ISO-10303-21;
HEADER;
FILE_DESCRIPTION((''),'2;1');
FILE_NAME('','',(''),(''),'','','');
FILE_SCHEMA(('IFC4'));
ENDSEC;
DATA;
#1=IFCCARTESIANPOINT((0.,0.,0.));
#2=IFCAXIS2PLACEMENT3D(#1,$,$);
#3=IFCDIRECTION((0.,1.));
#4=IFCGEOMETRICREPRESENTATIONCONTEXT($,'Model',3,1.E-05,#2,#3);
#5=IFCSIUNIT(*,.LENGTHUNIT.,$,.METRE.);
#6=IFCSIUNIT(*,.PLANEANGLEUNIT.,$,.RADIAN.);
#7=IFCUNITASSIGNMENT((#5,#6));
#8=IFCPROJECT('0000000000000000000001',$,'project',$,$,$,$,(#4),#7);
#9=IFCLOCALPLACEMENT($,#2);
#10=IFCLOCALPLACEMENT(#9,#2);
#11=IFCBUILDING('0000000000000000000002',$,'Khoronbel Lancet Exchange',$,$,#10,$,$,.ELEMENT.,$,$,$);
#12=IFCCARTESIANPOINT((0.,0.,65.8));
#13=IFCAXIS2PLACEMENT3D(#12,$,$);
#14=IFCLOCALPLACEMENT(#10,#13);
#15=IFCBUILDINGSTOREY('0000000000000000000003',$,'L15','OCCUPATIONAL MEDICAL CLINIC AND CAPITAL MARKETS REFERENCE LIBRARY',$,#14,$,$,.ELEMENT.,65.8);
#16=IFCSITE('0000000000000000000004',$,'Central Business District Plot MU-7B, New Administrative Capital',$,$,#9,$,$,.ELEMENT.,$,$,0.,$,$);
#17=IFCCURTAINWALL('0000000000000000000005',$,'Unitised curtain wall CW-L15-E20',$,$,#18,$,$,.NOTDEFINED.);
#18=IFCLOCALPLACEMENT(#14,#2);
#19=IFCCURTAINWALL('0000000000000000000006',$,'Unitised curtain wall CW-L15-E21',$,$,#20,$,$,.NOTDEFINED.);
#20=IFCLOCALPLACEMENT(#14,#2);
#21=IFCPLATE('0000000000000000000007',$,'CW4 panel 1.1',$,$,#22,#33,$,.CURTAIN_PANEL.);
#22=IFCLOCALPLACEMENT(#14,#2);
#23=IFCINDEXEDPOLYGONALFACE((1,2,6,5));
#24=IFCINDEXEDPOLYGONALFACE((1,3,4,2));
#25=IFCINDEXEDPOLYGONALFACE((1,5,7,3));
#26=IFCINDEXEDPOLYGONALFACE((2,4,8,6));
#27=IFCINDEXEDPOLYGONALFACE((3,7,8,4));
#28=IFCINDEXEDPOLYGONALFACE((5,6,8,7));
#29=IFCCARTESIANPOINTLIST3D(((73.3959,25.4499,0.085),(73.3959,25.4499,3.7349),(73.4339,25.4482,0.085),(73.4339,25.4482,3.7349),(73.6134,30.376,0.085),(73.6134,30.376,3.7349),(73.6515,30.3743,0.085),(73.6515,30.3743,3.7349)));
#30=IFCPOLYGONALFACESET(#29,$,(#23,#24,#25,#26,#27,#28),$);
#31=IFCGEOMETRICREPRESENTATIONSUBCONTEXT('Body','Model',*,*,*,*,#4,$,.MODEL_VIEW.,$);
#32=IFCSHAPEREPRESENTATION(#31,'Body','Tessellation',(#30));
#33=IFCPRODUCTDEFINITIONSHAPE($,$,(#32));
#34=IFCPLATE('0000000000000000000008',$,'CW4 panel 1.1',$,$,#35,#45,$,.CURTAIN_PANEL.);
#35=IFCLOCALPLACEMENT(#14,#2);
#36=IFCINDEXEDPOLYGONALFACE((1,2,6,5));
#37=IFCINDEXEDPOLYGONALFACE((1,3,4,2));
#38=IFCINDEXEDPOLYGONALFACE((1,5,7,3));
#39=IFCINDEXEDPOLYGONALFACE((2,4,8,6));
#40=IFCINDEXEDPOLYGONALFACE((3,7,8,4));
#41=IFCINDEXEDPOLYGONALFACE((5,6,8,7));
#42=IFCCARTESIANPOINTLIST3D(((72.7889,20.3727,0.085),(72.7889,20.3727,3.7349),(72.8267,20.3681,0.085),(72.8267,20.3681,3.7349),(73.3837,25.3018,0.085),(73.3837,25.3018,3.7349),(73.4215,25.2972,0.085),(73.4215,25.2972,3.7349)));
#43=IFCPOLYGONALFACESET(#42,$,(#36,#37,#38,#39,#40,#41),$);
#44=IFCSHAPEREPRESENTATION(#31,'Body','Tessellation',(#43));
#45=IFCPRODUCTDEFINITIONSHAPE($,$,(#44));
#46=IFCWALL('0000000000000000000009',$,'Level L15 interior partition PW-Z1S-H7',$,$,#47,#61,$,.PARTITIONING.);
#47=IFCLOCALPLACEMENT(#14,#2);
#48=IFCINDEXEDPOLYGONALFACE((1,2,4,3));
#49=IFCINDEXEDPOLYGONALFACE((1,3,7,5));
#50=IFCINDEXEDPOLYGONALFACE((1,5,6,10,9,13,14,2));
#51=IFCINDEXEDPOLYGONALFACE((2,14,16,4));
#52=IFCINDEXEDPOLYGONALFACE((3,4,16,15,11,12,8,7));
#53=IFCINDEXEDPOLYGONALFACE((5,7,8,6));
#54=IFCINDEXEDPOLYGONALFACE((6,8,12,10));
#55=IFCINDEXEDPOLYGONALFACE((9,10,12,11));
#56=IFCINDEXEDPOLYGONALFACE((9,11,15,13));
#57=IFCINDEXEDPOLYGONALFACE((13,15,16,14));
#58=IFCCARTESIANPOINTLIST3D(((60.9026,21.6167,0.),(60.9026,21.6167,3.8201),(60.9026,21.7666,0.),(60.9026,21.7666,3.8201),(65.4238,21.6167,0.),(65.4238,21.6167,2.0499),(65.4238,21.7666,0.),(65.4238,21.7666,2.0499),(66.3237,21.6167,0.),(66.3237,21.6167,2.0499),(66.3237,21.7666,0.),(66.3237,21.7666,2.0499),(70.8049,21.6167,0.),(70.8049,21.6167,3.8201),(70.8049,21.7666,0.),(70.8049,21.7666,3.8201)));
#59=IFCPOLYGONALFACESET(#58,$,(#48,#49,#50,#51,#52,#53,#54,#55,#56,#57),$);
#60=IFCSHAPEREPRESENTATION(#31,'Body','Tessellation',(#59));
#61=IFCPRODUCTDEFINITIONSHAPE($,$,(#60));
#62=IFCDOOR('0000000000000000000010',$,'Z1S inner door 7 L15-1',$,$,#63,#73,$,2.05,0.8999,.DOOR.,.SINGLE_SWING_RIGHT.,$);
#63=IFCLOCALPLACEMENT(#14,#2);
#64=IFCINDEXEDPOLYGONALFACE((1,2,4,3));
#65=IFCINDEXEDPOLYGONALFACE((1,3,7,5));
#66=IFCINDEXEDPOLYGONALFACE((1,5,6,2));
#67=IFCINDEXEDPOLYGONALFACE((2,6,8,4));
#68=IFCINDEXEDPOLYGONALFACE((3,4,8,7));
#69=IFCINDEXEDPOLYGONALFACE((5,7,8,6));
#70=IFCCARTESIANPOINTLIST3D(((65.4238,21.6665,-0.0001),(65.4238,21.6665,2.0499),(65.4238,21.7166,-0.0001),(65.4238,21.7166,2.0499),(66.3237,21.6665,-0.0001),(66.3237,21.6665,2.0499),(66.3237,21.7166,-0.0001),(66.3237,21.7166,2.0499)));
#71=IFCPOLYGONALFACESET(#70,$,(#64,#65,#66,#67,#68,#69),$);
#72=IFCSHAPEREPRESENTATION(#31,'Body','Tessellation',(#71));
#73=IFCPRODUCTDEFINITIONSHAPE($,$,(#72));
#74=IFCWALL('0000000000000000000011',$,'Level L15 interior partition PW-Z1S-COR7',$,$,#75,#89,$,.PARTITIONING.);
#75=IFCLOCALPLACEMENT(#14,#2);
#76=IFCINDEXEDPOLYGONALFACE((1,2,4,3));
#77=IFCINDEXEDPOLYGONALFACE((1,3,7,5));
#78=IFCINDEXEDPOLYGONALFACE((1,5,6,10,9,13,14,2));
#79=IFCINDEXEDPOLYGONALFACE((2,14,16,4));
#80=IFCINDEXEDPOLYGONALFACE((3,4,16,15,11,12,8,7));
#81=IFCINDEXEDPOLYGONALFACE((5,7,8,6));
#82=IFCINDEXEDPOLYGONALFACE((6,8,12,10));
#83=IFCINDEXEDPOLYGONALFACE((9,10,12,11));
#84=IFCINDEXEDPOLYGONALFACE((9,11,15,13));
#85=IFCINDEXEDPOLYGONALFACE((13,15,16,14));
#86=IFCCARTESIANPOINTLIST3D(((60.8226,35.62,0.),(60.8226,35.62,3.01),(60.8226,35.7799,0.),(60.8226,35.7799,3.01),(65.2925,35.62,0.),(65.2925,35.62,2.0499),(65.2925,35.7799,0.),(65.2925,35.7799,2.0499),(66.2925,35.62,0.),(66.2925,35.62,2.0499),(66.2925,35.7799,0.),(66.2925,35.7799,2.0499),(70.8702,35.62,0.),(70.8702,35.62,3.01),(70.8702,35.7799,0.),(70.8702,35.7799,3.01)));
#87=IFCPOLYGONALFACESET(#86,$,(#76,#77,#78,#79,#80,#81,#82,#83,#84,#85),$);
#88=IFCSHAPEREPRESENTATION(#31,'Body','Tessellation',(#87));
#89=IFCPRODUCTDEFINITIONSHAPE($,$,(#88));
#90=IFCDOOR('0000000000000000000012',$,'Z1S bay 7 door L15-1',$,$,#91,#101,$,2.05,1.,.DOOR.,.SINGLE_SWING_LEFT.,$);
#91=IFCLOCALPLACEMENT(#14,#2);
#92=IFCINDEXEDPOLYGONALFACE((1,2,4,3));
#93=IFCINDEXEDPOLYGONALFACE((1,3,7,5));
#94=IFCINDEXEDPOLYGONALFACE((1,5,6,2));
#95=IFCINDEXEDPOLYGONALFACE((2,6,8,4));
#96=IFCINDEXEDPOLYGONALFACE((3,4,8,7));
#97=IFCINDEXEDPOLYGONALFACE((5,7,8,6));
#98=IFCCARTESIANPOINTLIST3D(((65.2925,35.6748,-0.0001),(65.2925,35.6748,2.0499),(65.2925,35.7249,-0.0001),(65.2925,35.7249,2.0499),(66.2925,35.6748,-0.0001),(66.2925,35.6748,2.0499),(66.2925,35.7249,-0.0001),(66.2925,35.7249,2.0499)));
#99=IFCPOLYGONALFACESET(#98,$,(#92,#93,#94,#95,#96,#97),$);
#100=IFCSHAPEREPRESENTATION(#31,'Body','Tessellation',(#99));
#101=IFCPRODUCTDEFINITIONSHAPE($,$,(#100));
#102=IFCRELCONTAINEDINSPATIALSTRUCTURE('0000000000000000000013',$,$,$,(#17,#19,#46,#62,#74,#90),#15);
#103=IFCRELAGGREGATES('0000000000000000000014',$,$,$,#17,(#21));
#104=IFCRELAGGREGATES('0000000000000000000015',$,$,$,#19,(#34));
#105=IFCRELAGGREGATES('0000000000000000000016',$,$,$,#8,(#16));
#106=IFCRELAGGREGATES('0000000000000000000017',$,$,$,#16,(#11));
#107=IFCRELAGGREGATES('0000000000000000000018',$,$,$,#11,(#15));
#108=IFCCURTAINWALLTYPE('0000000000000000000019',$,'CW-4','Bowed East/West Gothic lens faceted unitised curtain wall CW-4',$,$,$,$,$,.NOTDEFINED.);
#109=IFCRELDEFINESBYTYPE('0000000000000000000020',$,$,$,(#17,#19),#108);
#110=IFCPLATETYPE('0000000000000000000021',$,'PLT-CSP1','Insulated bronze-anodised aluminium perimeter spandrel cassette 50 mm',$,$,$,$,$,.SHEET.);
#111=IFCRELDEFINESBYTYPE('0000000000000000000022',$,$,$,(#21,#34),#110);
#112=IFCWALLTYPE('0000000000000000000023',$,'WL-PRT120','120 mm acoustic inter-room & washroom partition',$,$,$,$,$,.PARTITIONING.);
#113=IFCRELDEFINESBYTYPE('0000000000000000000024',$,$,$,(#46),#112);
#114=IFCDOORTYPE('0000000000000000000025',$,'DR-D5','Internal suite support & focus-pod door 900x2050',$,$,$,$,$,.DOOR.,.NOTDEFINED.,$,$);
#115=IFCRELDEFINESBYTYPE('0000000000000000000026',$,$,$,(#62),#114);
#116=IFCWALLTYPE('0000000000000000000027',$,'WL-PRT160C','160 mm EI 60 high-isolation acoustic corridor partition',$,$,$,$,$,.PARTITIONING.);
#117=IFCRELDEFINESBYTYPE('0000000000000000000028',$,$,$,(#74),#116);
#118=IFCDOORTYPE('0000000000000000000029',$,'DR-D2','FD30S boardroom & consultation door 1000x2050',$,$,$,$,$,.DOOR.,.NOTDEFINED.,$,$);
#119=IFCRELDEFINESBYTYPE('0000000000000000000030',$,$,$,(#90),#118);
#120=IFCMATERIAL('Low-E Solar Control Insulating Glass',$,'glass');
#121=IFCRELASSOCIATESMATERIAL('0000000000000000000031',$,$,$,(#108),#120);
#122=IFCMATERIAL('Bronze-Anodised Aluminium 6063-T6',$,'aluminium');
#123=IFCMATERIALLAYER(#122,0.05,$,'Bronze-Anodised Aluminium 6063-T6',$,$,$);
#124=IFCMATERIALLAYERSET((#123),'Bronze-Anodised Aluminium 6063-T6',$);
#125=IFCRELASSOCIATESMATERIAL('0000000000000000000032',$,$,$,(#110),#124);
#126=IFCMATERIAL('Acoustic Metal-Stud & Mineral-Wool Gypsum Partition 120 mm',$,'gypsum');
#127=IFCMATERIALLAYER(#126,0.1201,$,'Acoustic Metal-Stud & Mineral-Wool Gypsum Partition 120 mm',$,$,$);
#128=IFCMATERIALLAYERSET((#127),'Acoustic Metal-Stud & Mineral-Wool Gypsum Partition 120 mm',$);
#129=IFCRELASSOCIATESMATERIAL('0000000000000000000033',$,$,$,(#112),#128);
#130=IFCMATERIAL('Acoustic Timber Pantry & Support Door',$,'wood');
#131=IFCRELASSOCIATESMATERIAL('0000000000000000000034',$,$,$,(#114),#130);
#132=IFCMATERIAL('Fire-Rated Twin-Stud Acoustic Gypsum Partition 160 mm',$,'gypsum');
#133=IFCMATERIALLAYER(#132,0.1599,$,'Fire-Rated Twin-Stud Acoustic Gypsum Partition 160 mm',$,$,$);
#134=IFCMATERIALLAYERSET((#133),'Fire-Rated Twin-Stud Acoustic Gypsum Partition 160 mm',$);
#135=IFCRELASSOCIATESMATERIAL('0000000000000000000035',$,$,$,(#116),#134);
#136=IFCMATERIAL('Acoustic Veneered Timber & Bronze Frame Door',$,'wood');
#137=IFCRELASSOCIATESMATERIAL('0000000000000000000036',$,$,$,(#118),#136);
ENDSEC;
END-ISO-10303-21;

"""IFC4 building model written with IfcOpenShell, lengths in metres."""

from ifc_helpers import new_model, si_unit, direction, frame, frame_2d, origin, origin_2d, place, context, subcontext, project, spatial, rectangle, extrude, material, layer, layer_set, type_object, element, fill, aggregate, save


model = new_model("IFC4")

# Units and contexts
model_context = context("Model", 3, precision=1e-05, world=origin(), true_north=direction((0.0, 1.0)))
body_context = subcontext(model_context, "Body", "Model", "MODEL_VIEW")
ifc_project = project(units=[si_unit("LENGTHUNIT", "METRE"), si_unit("PLANEANGLEUNIT", "RADIAN")], contexts=[model_context])

# Site, building, storey
site_placement = place(None, origin())
site = spatial("IfcSite", under=ifc_project, at=site_placement, Name="Central Business District Plot MU-7B, New Administrative Capital", CompositionType="ELEMENT", RefElevation=0.0)
building_placement = place(site_placement, origin())
building = spatial("IfcBuilding", under=site, at=building_placement, Name="Khoronbel Lancet Exchange", CompositionType="ELEMENT")
storey_placement = place(building_placement, frame((0.0, 0.0, 65.8)))
storey = spatial("IfcBuildingStorey", under=building, at=storey_placement, Name="L15", Description="OCCUPATIONAL MEDICAL CLINIC AND CAPITAL MARKETS REFERENCE LIBRARY", CompositionType="ELEMENT", Elevation=65.8)

# Shared definitions
ifc_material_1 = material(Name="Low-E Solar Control Insulating Glass", Category="glass")
curtain_wall_type = type_object("IfcCurtainWallType", Name="CW-4", Description="Bowed East/West Gothic lens faceted unitised curtain wall CW-4", PredefinedType="NOTDEFINED", material=ifc_material_1)
ifc_material_2 = material(Name="Bronze-Anodised Aluminium 6063-T6", Category="aluminium")

# Curtain walls
curtain_wall_1_placement = place(storey_placement, origin())
curtain_wall_1 = element("IfcCurtainWall", 1, at=curtain_wall_1_placement, inside=storey, type_object=curtain_wall_type, Name="Unitised curtain wall CW-L15-E20", PredefinedType="NOTDEFINED")
curtain_wall_2_placement = place(storey_placement, origin())
curtain_wall_2 = element("IfcCurtainWall", 2, at=curtain_wall_2_placement, inside=storey, type_object=curtain_wall_type, Name="Unitised curtain wall CW-L15-E21", PredefinedType="NOTDEFINED")

# Plates
ifc_layer_1 = layer(ifc_material_2, 0.05, Name="Bronze-Anodised Aluminium 6063-T6")
ifc_layer_set_1 = layer_set([ifc_layer_1], Name="Bronze-Anodised Aluminium 6063-T6")
plate_type = type_object("IfcPlateType", Name="PLT-CSP1", Description="Insulated bronze-anodised aluminium perimeter spandrel cassette 50 mm", PredefinedType="SHEET", material=ifc_layer_set_1)
plate_1_placement = place(storey_placement, frame((73.5237, 27.9121, 0.085), z_axis=(0.0, 0.0, 1.0), x_axis=(-0.044126, -0.999026, 0.0)))
plate_1 = element("IfcPlate", 3, at=plate_1_placement, type_object=plate_type, Name="CW4 panel 1.1", PredefinedType="CURTAIN_PANEL", context=body_context, shape_type="SweptSolid", body=[
    extrude(rectangle(XDim=4.9309, YDim=0.0381, at=origin_2d()), origin(), (0.0, 0.0, 1.0), 3.6499),
])
aggregate(curtain_wall_1, [plate_1])
plate_2_placement = place(storey_placement, frame((73.1052, 22.835, 0.085), z_axis=(0.0, 0.0, 1.0), x_axis=(-0.119806, -0.992797, 0.0)))
plate_2 = element("IfcPlate", 4, at=plate_2_placement, type_object=plate_type, Name="CW4 panel 1.1", PredefinedType="CURTAIN_PANEL", context=body_context, shape_type="SweptSolid", body=[
    extrude(rectangle(XDim=4.9648, YDim=0.0381, at=origin_2d()), origin(), (0.0, 0.0, 1.0), 3.6499),
])
aggregate(curtain_wall_2, [plate_2])

# Walls, openings, doors
ifc_material_3 = material(Name="Acoustic Metal-Stud & Mineral-Wool Gypsum Partition 120 mm", Category="gypsum")
ifc_layer_2 = layer(ifc_material_3, 0.1201, Name="Acoustic Metal-Stud & Mineral-Wool Gypsum Partition 120 mm")
ifc_layer_set_2 = layer_set([ifc_layer_2], Name="Acoustic Metal-Stud & Mineral-Wool Gypsum Partition 120 mm")
wall_type_1 = type_object("IfcWallType", Name="WL-PRT120", Description="120 mm acoustic inter-room & washroom partition", PredefinedType="PARTITIONING", material=ifc_layer_set_2)
wall_1_placement = place(storey_placement, frame((60.9026, 21.6917, 0.0), z_axis=(0.0, 0.0, 1.0), x_axis=(1.0, 0.0, 0.0)))
wall_1 = element("IfcWall", 5, at=wall_1_placement, inside=storey, type_object=wall_type_1, Name="Level L15 interior partition PW-Z1S-H7", PredefinedType="PARTITIONING", context=body_context, shape_type="SweptSolid", body=[
    extrude(rectangle(XDim=9.9023, YDim=0.1499, at=frame_2d((4.9512, 0.0))), origin(), (0.0, 0.0, 1.0), 3.8201),
])
opening_1_placement = place(wall_1_placement, frame((4.5212, 0.0, 0.0)))
opening_1 = element("IfcOpeningElement", 6, at=opening_1_placement, cuts=wall_1, PredefinedType="OPENING", context=body_context, shape_type="SweptSolid", body=[
    extrude(rectangle(XDim=0.8999, YDim=2.05, at=frame_2d((0.45, 1.0249))), frame((0.0, 0.085, 0.0), z_axis=(0.0, -1.0, 0.0), x_axis=(1.0, 0.0, 0.0)), (0.0, 0.0, 1.0), 0.1699),
])
ifc_material_4 = material(Name="Acoustic Timber Pantry & Support Door", Category="wood")
door_type_1 = type_object("IfcDoorType", Name="DR-D5", Description="Internal suite support & focus-pod door 900x2050", OperationType="NOTDEFINED", PredefinedType="DOOR", material=ifc_material_4)
door_1_placement = place(opening_1_placement, origin())
door_1 = element("IfcDoor", 7, at=door_1_placement, inside=storey, type_object=door_type_1, Name="Z1S inner door 7 L15-1", OperationType="SINGLE_SWING_RIGHT", OverallHeight=2.05, OverallWidth=0.8999, PredefinedType="DOOR", context=body_context, shape_type="SweptSolid", body=[
    extrude(rectangle(XDim=0.8999, YDim=2.05, at=frame_2d((0.45, 1.0249))), frame((0.0, 0.0249, 0.0), z_axis=(0.0, -1.0, 0.0), x_axis=(1.0, 0.0, 0.0)), (0.0, 0.0, 1.0), 0.05),
])
fill(opening_1, door_1)
ifc_material_5 = material(Name="Fire-Rated Twin-Stud Acoustic Gypsum Partition 160 mm", Category="gypsum")
ifc_layer_3 = layer(ifc_material_5, 0.1599, Name="Fire-Rated Twin-Stud Acoustic Gypsum Partition 160 mm")
ifc_layer_set_3 = layer_set([ifc_layer_3], Name="Fire-Rated Twin-Stud Acoustic Gypsum Partition 160 mm")
wall_type_2 = type_object("IfcWallType", Name="WL-PRT160C", Description="160 mm EI 60 high-isolation acoustic corridor partition", PredefinedType="PARTITIONING", material=ifc_layer_set_3)
wall_2_placement = place(storey_placement, frame((60.8225, 35.7, 0.0), z_axis=(0.0, 0.0, 1.0), x_axis=(1.0, 0.0, 0.0)))
wall_2 = element("IfcWall", 8, at=wall_2_placement, inside=storey, type_object=wall_type_2, Name="Level L15 interior partition PW-Z1S-COR7", PredefinedType="PARTITIONING", context=body_context, shape_type="SweptSolid", body=[
    extrude(rectangle(XDim=10.0476, YDim=0.1599, at=frame_2d((5.0239, 0.0))), origin(), (0.0, 0.0, 1.0), 3.01),
])
opening_2_placement = place(wall_2_placement, frame((4.47, 0.0, 0.0)))
opening_2 = element("IfcOpeningElement", 9, at=opening_2_placement, cuts=wall_2, PredefinedType="OPENING", context=body_context, shape_type="SweptSolid", body=[
    extrude(rectangle(XDim=1.0, YDim=2.05, at=frame_2d((0.5, 1.0249))), frame((0.0, 0.0898, 0.0), z_axis=(0.0, -1.0, 0.0), x_axis=(1.0, 0.0, 0.0)), (0.0, 0.0, 1.0), 0.1799),
])
ifc_material_6 = material(Name="Acoustic Veneered Timber & Bronze Frame Door", Category="wood")
door_type_2 = type_object("IfcDoorType", Name="DR-D2", Description="FD30S boardroom & consultation door 1000x2050", OperationType="NOTDEFINED", PredefinedType="DOOR", material=ifc_material_6)
door_2_placement = place(opening_2_placement, origin())
door_2 = element("IfcDoor", 10, at=door_2_placement, inside=storey, type_object=door_type_2, Name="Z1S bay 7 door L15-1", OperationType="SINGLE_SWING_LEFT", OverallHeight=2.05, OverallWidth=1.0, PredefinedType="DOOR", context=body_context, shape_type="SweptSolid", body=[
    extrude(rectangle(XDim=1.0, YDim=2.05, at=frame_2d((0.5, 1.0249))), frame((0.0, 0.0249, 0.0), z_axis=(0.0, -1.0, 0.0), x_axis=(1.0, 0.0, 0.0)), (0.0, 0.0, 1.0), 0.05),
])
fill(opening_2, door_2)

save(model, "model.ifc")
